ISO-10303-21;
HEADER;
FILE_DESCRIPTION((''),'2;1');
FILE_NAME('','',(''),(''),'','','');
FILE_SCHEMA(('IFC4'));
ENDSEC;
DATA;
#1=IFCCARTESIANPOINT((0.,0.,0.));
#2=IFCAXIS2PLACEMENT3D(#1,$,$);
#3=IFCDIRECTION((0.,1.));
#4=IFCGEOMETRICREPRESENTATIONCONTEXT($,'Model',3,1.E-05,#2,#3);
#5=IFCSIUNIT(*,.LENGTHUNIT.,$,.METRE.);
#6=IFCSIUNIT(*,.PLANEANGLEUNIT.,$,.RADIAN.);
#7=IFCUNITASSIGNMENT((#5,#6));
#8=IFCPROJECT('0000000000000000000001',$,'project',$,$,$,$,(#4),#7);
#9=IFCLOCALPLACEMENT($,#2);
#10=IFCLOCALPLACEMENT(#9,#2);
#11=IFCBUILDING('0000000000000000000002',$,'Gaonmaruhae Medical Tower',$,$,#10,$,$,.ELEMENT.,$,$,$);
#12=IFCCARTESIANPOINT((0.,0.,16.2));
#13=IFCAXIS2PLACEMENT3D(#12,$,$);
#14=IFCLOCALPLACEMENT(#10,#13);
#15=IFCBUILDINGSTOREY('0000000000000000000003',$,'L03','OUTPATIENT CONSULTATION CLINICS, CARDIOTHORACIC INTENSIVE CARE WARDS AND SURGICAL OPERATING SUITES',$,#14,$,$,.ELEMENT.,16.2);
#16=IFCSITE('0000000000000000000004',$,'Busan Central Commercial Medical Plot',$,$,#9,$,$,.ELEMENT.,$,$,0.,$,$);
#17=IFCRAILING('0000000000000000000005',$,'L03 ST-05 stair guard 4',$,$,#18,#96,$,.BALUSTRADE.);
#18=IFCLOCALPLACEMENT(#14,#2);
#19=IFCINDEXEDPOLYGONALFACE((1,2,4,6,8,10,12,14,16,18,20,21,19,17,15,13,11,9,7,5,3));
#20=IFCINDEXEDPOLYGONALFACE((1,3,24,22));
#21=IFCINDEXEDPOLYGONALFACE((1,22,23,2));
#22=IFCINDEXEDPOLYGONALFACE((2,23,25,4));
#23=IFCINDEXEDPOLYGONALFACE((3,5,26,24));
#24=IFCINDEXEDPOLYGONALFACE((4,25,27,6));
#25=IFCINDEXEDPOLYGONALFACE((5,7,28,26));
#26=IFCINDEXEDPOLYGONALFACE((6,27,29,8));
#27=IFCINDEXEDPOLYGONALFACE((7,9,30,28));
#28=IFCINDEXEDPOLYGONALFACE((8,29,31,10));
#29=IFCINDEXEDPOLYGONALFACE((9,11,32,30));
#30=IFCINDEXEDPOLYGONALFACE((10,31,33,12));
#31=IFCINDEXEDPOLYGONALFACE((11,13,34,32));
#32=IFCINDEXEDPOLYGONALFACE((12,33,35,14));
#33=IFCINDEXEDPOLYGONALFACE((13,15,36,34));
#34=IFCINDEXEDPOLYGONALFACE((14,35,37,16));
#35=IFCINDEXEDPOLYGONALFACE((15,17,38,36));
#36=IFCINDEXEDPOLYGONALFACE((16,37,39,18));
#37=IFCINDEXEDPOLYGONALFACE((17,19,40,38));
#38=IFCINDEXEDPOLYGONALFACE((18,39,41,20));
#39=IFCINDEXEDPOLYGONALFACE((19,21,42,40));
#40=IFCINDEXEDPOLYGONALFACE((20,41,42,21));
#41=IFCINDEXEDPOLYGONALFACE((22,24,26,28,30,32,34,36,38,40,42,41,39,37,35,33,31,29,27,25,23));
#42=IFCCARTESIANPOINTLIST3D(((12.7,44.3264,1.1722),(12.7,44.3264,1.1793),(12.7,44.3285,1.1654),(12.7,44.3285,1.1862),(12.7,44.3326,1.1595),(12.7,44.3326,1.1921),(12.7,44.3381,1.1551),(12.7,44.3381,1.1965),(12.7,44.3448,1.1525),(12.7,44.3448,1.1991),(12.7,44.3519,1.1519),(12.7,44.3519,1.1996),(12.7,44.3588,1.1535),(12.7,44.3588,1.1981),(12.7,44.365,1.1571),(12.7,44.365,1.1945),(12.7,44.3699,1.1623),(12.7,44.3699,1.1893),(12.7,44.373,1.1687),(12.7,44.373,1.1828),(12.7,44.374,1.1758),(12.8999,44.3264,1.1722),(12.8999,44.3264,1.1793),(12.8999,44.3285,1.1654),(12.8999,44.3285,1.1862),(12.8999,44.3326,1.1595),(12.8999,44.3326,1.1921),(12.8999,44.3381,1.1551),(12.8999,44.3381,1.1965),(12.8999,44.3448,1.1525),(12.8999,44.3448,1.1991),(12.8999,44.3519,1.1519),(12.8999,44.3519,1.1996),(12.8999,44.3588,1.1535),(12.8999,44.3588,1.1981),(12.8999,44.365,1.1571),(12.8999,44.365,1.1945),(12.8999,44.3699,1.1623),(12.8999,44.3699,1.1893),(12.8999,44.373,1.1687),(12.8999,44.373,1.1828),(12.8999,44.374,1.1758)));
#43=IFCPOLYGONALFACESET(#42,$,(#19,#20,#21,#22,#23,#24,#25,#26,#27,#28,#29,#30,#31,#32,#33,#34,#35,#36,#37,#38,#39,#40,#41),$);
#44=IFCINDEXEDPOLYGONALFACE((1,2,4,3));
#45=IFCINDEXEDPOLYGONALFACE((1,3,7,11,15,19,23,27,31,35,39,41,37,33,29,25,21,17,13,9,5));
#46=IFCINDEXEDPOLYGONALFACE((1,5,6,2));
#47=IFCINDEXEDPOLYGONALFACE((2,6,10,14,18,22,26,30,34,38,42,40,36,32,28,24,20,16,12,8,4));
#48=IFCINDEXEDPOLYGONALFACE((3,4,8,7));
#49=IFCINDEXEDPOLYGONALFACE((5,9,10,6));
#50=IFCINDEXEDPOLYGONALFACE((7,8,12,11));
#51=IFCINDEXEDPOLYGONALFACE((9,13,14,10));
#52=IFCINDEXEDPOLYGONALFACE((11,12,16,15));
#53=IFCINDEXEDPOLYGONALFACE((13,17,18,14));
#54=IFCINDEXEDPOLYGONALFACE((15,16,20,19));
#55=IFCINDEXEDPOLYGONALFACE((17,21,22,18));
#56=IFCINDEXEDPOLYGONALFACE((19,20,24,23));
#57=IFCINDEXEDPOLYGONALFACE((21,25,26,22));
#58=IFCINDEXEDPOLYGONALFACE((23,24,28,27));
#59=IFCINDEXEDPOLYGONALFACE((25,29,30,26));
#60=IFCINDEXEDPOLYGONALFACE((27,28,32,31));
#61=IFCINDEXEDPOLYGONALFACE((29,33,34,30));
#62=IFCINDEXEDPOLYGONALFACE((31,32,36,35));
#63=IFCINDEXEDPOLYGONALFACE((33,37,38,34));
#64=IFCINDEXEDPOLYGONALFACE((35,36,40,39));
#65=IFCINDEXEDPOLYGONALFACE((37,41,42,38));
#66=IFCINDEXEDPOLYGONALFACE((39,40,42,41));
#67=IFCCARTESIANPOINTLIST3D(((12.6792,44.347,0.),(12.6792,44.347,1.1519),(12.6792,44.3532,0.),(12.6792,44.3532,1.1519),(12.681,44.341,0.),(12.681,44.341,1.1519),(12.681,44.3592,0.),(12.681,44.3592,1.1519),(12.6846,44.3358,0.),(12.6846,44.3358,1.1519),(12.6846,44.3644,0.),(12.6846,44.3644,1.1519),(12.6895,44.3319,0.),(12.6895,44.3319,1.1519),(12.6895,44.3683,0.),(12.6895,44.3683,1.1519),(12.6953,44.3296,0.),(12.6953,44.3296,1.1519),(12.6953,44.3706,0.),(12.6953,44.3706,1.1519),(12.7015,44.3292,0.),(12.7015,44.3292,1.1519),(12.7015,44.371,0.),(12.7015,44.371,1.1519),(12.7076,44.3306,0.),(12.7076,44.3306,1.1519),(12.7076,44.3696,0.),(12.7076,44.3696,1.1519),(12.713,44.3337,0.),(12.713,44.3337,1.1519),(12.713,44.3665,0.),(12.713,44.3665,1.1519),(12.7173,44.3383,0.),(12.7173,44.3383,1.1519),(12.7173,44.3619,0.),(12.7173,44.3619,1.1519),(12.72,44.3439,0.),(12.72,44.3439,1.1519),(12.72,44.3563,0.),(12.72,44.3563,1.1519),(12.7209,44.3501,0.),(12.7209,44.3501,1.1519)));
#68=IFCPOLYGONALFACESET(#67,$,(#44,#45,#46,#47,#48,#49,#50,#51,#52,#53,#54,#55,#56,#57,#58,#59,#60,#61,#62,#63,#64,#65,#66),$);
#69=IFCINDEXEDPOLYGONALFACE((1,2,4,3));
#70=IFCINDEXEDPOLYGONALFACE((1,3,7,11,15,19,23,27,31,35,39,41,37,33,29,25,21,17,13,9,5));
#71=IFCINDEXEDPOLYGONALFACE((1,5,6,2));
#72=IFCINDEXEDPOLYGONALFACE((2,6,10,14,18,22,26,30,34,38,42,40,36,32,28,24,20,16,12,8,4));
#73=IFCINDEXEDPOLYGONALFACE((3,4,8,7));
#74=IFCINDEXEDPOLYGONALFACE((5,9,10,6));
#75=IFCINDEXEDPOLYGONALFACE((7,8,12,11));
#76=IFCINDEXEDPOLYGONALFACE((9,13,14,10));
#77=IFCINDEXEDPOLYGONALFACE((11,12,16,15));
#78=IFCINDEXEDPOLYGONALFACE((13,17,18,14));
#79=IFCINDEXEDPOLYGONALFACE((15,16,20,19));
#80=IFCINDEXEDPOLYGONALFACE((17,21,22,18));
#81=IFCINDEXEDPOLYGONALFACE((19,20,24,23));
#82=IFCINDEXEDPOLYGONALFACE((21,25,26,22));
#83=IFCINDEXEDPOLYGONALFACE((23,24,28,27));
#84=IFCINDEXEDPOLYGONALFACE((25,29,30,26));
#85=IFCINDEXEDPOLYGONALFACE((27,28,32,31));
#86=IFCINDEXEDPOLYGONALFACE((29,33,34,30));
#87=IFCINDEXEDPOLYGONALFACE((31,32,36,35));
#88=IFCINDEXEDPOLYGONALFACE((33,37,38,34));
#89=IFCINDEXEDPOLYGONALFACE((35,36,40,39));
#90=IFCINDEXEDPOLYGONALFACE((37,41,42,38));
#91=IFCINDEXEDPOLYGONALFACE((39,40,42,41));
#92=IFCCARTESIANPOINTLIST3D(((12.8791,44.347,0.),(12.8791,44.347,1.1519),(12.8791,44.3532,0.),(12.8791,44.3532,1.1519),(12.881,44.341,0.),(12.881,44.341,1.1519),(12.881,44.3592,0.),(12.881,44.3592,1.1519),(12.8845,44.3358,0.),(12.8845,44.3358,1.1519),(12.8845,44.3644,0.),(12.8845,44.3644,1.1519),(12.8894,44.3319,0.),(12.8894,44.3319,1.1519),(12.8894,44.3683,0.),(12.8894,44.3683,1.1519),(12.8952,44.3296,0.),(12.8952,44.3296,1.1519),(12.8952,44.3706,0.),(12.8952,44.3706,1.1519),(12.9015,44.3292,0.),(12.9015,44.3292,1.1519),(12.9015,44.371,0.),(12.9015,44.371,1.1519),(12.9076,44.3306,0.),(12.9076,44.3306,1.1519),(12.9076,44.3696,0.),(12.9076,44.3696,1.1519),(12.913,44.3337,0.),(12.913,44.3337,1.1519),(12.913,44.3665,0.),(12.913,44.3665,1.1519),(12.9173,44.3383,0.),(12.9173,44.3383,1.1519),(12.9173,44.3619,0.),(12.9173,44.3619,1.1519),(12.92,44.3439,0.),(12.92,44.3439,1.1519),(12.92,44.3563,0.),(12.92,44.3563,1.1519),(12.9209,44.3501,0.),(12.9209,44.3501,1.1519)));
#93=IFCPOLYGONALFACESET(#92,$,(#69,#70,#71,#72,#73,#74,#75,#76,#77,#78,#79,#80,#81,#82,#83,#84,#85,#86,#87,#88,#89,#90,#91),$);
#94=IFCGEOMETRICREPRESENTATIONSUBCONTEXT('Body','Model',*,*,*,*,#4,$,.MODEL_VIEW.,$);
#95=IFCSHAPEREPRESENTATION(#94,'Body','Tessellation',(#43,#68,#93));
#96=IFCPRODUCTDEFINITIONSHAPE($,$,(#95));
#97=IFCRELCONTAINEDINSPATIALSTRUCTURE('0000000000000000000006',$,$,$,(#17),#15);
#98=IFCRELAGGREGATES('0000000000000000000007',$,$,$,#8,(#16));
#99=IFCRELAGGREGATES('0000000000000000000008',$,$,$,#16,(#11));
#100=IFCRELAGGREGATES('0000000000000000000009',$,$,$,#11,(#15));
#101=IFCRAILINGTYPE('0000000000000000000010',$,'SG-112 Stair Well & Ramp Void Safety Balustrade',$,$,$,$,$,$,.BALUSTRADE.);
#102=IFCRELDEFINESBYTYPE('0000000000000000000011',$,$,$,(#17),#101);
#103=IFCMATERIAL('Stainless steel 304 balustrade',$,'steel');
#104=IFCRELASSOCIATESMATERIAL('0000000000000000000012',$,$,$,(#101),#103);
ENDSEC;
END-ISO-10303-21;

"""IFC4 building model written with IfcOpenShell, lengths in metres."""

from ifc_helpers import new_model, si_unit, direction, frame, origin, origin_2d, place, context, subcontext, project, spatial, circle, extrude, material, type_object, element, save


model = new_model("IFC4")

# Units and contexts
model_context = context("Model", 3, precision=1e-05, world=origin(), true_north=direction((0.0, 1.0)))
body_context = subcontext(model_context, "Body", "Model", "MODEL_VIEW")
ifc_project = project(units=[si_unit("LENGTHUNIT", "METRE"), si_unit("PLANEANGLEUNIT", "RADIAN")], contexts=[model_context])

# Site, building, storey
site_placement = place(None, origin())
site = spatial("IfcSite", under=ifc_project, at=site_placement, Name="Busan Central Commercial Medical Plot", CompositionType="ELEMENT", RefElevation=0.0)
building_placement = place(site_placement, origin())
building = spatial("IfcBuilding", under=site, at=building_placement, Name="Gaonmaruhae Medical Tower", CompositionType="ELEMENT")
storey_placement = place(building_placement, frame((0.0, 0.0, 16.2)))
storey = spatial("IfcBuildingStorey", under=building, at=storey_placement, Name="L03", Description="OUTPATIENT CONSULTATION CLINICS, CARDIOTHORACIC INTENSIVE CARE WARDS AND SURGICAL OPERATING SUITES", CompositionType="ELEMENT", Elevation=16.2)

# Railing
ifc_material_1 = material(Name="Stainless steel 304 balustrade", Category="steel")
railing_type_1 = type_object("IfcRailingType", Name="SG-112 Stair Well & Ramp Void Safety Balustrade", PredefinedType="BALUSTRADE", material=ifc_material_1)
railing_1_placement = place(storey_placement, frame((12.7, 44.3501, 0.0)))
element("IfcRailing", 1, at=railing_1_placement, inside=storey, type_object=railing_type_1, Name="L03 ST-05 stair guard 4", PredefinedType="BALUSTRADE", context=body_context, shape_type="SweptSolid", body=[
    extrude(circle(Radius=0.0239, at=origin_2d()), frame((0.0, 0.0, 1.1758), z_axis=(1.0, 0.0, 0.0), x_axis=(0.0, 1.0, 0.0)), (0.0, 0.0, 1.0), 0.2),
    extrude(circle(Radius=0.021, at=origin_2d()), origin(), (0.0, 0.0, 1.0), 1.1519),
    extrude(circle(Radius=0.021, at=origin_2d()), frame((0.2, 0.0, 0.0)), (0.0, 0.0, 1.0), 1.1519),
])

save(model, "model.ifc")
